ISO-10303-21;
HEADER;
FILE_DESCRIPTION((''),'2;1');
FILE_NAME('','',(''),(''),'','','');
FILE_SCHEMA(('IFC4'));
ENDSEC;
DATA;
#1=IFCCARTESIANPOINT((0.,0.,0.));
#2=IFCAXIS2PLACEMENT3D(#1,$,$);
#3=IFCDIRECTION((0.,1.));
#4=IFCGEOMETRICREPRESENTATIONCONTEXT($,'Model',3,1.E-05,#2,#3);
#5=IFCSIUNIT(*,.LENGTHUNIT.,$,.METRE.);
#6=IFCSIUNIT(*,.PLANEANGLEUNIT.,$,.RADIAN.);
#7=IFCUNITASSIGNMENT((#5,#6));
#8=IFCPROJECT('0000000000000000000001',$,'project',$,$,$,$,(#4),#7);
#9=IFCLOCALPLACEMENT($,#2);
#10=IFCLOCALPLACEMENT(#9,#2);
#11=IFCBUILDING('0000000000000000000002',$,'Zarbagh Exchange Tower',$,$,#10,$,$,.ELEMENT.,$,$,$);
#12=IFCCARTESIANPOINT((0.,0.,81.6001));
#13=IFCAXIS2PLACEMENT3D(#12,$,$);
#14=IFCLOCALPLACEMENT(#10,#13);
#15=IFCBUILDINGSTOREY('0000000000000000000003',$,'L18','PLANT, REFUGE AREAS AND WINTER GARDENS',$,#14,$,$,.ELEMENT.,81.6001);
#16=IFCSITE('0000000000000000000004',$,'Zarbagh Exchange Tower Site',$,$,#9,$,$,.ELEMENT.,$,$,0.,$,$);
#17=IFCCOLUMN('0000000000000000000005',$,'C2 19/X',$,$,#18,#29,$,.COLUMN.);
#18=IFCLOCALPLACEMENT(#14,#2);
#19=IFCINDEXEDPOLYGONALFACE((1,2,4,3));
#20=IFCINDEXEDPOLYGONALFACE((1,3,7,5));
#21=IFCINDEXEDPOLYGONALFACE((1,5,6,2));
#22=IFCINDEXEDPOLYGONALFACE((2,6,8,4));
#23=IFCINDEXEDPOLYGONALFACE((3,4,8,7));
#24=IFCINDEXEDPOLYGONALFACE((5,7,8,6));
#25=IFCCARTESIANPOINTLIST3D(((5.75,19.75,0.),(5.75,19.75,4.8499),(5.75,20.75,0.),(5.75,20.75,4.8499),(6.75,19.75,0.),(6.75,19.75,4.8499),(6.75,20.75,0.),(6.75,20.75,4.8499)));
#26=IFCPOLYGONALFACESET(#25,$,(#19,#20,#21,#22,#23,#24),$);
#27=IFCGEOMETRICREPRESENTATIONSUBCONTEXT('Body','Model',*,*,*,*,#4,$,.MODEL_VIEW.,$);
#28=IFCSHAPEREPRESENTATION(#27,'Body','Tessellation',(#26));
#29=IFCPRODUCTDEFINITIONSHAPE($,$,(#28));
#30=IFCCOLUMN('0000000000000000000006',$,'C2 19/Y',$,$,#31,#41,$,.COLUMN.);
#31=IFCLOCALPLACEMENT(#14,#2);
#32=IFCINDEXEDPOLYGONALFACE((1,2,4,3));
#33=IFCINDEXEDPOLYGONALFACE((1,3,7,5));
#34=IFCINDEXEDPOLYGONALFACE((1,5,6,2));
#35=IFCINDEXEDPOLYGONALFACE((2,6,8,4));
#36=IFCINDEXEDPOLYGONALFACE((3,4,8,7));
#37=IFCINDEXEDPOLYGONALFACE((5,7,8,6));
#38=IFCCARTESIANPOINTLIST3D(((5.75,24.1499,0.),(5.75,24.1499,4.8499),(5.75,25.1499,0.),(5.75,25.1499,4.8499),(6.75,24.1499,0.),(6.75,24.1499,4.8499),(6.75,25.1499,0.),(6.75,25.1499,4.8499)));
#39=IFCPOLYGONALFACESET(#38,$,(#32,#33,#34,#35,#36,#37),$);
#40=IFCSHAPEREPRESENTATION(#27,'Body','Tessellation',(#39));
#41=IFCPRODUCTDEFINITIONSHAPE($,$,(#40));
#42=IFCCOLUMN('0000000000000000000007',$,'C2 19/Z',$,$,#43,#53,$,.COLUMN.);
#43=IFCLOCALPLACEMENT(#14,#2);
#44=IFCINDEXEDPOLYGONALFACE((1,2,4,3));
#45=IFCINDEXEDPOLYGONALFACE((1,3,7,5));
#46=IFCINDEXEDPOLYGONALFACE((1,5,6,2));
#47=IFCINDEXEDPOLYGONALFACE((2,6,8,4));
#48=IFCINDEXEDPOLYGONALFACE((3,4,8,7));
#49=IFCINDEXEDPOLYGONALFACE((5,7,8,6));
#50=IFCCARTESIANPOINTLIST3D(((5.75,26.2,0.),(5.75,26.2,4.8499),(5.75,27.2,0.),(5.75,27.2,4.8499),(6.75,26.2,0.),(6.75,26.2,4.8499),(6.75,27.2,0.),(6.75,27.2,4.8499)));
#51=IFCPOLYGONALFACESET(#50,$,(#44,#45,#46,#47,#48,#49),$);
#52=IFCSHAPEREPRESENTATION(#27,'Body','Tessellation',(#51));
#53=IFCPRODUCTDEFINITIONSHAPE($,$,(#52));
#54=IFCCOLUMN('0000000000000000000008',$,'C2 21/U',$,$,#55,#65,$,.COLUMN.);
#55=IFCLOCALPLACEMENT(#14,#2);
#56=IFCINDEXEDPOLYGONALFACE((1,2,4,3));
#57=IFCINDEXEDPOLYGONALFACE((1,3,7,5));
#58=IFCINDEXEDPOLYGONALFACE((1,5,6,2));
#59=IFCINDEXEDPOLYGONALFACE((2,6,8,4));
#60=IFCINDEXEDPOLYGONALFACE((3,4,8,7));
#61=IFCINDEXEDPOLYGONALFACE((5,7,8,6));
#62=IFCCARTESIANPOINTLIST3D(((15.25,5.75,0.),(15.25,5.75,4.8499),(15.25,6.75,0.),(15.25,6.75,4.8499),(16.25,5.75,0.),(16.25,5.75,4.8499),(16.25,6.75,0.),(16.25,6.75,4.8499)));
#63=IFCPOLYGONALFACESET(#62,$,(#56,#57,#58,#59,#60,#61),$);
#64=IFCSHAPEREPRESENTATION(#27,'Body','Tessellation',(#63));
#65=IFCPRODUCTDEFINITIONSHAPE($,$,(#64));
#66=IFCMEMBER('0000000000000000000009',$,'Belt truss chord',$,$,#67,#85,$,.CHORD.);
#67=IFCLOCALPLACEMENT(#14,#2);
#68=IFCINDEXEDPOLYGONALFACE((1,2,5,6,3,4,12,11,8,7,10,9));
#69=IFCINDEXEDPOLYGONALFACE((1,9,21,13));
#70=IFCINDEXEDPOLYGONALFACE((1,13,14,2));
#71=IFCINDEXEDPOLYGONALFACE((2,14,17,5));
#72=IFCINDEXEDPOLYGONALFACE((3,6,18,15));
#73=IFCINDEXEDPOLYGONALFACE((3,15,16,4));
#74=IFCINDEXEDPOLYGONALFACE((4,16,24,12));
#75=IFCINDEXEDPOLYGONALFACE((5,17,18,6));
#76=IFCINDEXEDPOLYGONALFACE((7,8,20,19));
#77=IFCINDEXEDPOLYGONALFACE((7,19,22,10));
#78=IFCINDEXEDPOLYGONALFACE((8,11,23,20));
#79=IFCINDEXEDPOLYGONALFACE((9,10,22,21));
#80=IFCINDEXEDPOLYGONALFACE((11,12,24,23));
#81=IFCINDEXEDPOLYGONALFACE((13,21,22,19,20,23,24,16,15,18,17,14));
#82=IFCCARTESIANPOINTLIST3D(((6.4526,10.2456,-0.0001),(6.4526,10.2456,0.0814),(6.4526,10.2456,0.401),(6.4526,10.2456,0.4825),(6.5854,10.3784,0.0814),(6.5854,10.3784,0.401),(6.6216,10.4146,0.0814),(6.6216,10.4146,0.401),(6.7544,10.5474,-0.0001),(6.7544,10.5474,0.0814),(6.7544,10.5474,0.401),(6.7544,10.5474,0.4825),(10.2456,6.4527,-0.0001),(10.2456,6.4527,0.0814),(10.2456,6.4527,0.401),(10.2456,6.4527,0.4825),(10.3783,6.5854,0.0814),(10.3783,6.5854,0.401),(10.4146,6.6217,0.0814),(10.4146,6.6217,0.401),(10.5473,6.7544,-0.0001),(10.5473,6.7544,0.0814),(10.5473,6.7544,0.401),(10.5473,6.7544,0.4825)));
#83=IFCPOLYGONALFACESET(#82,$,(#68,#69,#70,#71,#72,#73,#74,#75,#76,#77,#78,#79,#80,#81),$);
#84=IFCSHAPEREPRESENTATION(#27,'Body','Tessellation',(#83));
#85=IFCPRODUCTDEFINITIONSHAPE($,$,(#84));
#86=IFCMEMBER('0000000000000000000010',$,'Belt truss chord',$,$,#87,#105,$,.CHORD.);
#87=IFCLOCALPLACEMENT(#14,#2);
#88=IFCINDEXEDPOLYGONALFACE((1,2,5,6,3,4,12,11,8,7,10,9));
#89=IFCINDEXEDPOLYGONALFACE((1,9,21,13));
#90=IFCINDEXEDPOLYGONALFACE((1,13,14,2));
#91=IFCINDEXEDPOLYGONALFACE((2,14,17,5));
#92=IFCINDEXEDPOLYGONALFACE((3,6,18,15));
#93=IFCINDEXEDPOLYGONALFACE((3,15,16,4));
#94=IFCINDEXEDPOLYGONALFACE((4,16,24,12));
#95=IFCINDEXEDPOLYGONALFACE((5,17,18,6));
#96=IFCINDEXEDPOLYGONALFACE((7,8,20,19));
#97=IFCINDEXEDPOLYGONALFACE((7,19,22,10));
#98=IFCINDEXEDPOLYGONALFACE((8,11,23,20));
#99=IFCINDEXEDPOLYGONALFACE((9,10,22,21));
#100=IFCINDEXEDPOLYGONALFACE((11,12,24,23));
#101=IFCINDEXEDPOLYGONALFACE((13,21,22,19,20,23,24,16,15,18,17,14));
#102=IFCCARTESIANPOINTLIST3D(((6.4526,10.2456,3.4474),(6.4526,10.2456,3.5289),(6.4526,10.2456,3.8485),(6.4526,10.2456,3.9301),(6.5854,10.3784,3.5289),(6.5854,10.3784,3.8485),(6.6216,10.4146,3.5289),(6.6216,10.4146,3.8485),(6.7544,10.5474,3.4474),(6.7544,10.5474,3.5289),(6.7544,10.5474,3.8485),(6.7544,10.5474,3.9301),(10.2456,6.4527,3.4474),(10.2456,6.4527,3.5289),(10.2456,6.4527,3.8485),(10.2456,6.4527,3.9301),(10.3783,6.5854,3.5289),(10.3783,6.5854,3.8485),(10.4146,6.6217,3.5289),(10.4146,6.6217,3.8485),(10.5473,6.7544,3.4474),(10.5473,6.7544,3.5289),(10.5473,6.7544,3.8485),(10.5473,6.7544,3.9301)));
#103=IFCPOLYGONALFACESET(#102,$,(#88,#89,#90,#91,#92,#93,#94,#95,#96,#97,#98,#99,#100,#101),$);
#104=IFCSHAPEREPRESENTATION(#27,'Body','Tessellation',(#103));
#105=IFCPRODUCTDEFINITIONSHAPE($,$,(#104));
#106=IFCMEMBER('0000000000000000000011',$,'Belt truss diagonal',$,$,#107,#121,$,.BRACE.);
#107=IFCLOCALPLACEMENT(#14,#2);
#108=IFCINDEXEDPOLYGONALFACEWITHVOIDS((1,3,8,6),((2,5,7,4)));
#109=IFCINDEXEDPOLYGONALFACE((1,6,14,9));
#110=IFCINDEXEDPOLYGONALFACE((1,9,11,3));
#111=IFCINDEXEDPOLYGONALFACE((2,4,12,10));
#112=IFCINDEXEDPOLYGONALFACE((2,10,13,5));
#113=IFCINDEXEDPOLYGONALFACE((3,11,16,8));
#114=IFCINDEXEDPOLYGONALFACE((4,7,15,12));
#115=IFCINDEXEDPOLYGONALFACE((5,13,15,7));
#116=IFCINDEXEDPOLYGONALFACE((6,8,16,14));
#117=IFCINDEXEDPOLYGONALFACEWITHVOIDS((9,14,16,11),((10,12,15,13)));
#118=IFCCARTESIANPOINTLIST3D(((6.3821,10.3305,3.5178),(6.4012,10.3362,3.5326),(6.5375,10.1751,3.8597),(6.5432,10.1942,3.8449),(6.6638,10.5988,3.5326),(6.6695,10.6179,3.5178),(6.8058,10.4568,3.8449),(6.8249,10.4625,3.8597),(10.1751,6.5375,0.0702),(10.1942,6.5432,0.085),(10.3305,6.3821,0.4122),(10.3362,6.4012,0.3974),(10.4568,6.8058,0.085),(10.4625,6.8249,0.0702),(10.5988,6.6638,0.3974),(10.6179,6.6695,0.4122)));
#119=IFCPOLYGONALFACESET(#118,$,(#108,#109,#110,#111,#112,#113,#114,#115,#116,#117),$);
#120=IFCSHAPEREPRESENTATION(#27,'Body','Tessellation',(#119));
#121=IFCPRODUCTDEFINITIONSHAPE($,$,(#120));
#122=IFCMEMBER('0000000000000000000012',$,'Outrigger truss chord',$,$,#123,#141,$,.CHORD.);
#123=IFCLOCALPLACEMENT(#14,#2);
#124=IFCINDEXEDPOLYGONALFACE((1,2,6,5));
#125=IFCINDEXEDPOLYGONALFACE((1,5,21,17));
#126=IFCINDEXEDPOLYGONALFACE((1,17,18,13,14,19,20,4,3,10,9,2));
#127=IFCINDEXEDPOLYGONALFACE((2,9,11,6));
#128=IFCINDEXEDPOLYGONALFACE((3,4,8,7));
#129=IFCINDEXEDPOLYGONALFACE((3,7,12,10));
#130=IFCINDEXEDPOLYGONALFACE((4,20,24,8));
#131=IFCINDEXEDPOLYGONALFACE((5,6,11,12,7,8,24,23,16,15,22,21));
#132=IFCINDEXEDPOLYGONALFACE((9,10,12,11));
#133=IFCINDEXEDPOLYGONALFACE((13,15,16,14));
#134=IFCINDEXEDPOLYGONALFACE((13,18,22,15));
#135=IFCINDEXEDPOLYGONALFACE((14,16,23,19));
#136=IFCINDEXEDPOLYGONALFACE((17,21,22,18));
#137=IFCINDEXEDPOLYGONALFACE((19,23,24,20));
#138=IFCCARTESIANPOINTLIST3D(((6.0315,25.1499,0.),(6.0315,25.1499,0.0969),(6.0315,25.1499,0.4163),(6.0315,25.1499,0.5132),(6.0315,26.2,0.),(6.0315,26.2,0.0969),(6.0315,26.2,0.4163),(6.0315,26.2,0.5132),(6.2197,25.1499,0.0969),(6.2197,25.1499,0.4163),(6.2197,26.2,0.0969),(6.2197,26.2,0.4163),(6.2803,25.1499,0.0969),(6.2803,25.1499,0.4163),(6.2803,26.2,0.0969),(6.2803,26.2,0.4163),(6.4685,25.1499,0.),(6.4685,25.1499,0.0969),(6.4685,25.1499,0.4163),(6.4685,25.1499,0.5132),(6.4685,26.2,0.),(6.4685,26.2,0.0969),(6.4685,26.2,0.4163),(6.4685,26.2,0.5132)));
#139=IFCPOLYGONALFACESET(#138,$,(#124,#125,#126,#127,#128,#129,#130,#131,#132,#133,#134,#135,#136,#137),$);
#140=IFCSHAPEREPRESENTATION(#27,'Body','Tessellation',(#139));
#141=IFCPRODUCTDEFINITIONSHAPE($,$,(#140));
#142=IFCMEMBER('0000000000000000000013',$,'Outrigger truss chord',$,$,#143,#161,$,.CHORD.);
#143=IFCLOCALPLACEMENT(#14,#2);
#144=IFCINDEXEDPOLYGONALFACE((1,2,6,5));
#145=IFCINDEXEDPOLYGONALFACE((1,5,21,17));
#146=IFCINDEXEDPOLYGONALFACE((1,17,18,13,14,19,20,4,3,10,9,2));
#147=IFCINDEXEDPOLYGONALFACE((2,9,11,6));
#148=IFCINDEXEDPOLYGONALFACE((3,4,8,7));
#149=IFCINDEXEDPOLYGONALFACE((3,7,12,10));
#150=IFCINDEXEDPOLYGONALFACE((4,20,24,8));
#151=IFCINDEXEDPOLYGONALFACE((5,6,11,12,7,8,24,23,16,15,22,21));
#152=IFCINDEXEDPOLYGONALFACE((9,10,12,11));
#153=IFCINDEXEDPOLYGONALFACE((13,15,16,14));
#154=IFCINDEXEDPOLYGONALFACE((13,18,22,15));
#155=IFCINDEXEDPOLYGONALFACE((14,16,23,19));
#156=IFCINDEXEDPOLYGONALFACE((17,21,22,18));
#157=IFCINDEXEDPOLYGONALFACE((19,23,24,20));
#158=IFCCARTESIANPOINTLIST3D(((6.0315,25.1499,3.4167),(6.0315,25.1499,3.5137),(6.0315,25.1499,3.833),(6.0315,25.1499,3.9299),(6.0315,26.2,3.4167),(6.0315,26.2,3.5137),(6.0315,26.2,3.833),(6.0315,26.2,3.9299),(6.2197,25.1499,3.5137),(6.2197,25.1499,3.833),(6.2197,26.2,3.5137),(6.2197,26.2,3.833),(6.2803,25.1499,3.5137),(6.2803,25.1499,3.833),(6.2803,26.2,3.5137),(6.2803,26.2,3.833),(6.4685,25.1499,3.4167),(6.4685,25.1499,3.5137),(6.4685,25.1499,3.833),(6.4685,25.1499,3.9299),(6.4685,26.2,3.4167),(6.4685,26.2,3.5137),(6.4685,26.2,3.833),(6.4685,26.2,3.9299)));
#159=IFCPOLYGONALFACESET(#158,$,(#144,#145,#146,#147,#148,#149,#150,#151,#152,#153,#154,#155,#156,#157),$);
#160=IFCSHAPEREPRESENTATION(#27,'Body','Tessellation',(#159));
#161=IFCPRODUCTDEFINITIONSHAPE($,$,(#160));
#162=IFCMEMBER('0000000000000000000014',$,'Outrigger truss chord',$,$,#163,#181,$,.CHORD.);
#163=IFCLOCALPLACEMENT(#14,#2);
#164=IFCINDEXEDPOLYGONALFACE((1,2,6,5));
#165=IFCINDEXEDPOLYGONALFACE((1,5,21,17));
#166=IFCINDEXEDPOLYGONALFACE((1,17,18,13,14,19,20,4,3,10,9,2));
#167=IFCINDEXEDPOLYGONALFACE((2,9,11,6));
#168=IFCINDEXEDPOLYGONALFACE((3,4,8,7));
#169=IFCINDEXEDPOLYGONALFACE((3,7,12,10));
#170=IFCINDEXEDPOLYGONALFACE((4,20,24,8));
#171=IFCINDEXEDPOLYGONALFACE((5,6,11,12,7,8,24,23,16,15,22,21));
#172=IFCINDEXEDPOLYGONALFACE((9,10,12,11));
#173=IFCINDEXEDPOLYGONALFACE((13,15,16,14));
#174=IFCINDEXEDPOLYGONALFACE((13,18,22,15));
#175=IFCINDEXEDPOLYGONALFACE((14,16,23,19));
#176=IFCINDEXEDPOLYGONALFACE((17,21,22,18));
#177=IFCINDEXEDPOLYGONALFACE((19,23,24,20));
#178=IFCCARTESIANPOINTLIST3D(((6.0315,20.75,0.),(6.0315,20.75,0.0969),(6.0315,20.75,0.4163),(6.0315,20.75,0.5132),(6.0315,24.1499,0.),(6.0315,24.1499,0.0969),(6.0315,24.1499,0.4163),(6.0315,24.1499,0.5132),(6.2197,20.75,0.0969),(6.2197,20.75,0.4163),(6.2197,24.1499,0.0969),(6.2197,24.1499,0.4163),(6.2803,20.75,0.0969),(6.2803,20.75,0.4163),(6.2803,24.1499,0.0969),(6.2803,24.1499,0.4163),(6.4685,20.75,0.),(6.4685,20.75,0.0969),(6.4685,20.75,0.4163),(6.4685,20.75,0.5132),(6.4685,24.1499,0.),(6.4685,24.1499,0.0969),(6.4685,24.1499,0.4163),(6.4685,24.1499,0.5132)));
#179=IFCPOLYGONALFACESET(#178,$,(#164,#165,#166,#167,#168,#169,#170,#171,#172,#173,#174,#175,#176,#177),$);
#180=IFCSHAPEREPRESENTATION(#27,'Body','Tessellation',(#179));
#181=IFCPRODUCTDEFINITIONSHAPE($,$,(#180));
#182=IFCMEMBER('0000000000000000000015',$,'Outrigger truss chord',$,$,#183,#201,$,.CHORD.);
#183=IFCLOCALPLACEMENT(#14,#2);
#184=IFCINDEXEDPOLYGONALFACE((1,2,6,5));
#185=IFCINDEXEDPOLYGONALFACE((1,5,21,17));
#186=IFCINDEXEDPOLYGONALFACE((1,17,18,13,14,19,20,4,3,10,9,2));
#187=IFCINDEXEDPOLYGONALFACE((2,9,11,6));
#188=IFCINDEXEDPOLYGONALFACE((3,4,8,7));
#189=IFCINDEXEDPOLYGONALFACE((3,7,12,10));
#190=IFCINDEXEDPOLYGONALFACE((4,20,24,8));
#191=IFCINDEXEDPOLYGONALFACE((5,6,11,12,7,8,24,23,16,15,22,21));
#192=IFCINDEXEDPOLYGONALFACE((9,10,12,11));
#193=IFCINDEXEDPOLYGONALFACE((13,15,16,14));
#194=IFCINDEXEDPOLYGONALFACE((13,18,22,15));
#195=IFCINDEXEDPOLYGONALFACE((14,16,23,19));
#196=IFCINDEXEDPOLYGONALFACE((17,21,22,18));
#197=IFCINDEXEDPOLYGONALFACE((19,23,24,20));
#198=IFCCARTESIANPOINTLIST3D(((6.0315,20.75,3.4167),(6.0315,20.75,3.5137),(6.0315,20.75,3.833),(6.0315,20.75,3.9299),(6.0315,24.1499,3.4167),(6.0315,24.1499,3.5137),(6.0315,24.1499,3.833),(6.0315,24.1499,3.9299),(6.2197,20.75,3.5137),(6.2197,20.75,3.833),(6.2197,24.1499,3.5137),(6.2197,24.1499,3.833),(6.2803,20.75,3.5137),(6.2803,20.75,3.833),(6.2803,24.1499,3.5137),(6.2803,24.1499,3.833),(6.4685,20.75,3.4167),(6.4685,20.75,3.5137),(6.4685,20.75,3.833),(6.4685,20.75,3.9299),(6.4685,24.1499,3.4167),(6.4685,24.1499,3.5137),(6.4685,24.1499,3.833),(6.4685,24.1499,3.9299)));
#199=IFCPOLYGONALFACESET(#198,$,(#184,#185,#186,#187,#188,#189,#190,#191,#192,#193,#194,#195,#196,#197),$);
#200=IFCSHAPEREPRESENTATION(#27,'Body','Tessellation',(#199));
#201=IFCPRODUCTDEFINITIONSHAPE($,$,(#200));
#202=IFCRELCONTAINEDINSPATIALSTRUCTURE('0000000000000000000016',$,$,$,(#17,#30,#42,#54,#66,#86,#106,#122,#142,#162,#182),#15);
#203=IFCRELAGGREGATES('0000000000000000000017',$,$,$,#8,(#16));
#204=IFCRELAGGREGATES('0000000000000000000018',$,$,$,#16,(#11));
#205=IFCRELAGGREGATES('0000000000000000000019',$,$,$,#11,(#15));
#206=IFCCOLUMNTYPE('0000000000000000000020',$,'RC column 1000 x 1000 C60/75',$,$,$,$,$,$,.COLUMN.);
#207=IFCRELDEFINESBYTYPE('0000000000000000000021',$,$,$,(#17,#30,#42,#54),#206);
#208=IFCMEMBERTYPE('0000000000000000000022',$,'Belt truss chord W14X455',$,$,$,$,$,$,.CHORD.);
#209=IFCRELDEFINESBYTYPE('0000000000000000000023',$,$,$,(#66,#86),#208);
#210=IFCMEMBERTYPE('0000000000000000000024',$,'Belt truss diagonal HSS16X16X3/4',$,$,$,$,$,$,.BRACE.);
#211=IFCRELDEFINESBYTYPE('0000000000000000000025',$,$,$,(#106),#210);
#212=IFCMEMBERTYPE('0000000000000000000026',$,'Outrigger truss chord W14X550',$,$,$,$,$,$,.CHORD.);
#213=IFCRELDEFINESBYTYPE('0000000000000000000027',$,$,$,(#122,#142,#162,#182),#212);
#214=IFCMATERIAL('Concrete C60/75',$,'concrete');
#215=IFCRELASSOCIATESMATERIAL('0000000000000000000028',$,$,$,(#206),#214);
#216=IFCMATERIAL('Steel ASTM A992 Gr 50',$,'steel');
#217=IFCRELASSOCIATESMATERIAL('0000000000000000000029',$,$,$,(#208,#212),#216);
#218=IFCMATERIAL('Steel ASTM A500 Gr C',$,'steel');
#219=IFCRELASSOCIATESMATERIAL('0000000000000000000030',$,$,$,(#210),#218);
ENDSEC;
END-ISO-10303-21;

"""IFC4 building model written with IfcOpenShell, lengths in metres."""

from ifc_helpers import new_model, si_unit, direction, frame, origin, origin_2d, place, context, subcontext, project, spatial, rectangle, hollow_rectangle, i_section, extrude, material, material_profile, profile_set, type_object, element, save


model = new_model("IFC4")

# Units and contexts
model_context = context("Model", 3, precision=1e-05, world=origin(), true_north=direction((0.0, 1.0)))
body_context = subcontext(model_context, "Body", "Model", "MODEL_VIEW")
ifc_project = project(units=[si_unit("LENGTHUNIT", "METRE"), si_unit("PLANEANGLEUNIT", "RADIAN")], contexts=[model_context])

# Site, building, storey
site_placement = place(None, origin())
site = spatial("IfcSite", under=ifc_project, at=site_placement, Name="Zarbagh Exchange Tower Site", CompositionType="ELEMENT", RefElevation=0.0)
building_placement = place(site_placement, origin())
building = spatial("IfcBuilding", under=site, at=building_placement, Name="Zarbagh Exchange Tower", CompositionType="ELEMENT")
storey_placement = place(building_placement, frame((0.0, 0.0, 81.6001)))
storey = spatial("IfcBuildingStorey", under=building, at=storey_placement, Name="L18", Description="PLANT, REFUGE AREAS AND WINTER GARDENS", CompositionType="ELEMENT", Elevation=81.6001)

# Columns
ifc_material_1 = material(Name="Concrete C60/75", Category="concrete")
ifc_material_profile_1 = material_profile(ifc_material_1, rectangle(XDim=1.0, YDim=1.0, at=origin_2d()), Name="RC column 1000 x 1000 C60/75")
ifc_profile_set_1 = profile_set([ifc_material_profile_1], Name="Concrete C60/75")
column_type = type_object("IfcColumnType", Name="RC column 1000 x 1000 C60/75", PredefinedType="COLUMN", material=ifc_profile_set_1)
for number, where, z_axis, x_axis, name in (
    (1, (6.25, 20.25, 0.0), (0.0, 0.0, 1.0), (1.0, 0.0, 0.0), "C2 19/X"),
    (2, (6.25, 24.6499, 0.0), (0.0, 0.0, 1.0), (1.0, 0.0, 0.0), "C2 19/Y"),
    (3, (6.25, 26.7, 0.0), (0.0, 0.0, 1.0), (1.0, 0.0, 0.0), "C2 19/Z"),
    (4, (15.75, 6.25, 0.0), (0.0, 0.0, 1.0), (1.0, 0.0, 0.0), "C2 21/U"),
):
    element("IfcColumn", number, at=place(storey_placement, frame(where, z_axis=z_axis, x_axis=x_axis)), inside=storey, type_object=column_type, Name=name, PredefinedType="COLUMN", context=body_context, shape_type="SweptSolid", body=[
        extrude(rectangle(XDim=1.0, YDim=1.0, at=origin_2d()), origin(), (0.0, 0.0, 1.0), 4.8499),
    ])

# Members
ifc_material_2 = material(Name="Steel ASTM A992 Gr 50", Category="steel")
ifc_material_profile_2 = material_profile(ifc_material_2, i_section(OverallWidth=0.4268, OverallDepth=0.4827, WebThickness=0.0513, FlangeThickness=0.0815, at=origin_2d()), Name="W14X455")
ifc_profile_set_2 = profile_set([ifc_material_profile_2], Name="Steel ASTM A992 Gr 50")
member_type_1 = type_object("IfcMemberType", Name="Belt truss chord W14X455", PredefinedType="CHORD", material=ifc_profile_set_2)
for number, where, z_axis, x_axis, name in (
    (5, (6.6035, 10.3965, 0.2412), (0.707107, -0.707107, 0.0), (0.707107, 0.707107, 0.0), "Belt truss chord"),
    (6, (6.6035, 10.3965, 3.6887), (0.707107, -0.707107, 0.0), (0.707107, 0.707107, 0.0), "Belt truss chord"),
):
    element("IfcMember", number, at=place(storey_placement, frame(where, z_axis=z_axis, x_axis=x_axis)), inside=storey, type_object=member_type_1, Name=name, PredefinedType="CHORD", context=body_context, shape_type="SweptSolid", body=[
        extrude(i_section(OverallWidth=0.4268, OverallDepth=0.4827, WebThickness=0.0513, FlangeThickness=0.0815, at=origin_2d()), origin(), (0.0, 0.0, 1.0), 5.364),
    ])
ifc_material_3 = material(Name="Steel ASTM A500 Gr C", Category="steel")
ifc_material_profile_3 = material_profile(ifc_material_3, hollow_rectangle(XDim=0.4065, YDim=0.4065, WallThickness=0.0176, at=origin_2d()), Name="HSS16X16X3/4")
ifc_profile_set_3 = profile_set([ifc_material_profile_3], Name="Steel ASTM A500 Gr C")
member_type_2 = type_object("IfcMemberType", Name="Belt truss diagonal HSS16X16X3/4", PredefinedType="BRACE", material=ifc_profile_set_3)
member_1_placement = place(storey_placement, frame((10.3965, 6.6035, 0.2412), z_axis=(-0.594844, 0.594844, 0.540667), x_axis=(-0.707107, -0.707107, 0.0)))
element("IfcMember", 7, at=member_1_placement, inside=storey, type_object=member_type_2, Name="Belt truss diagonal", PredefinedType="BRACE", context=body_context, shape_type="SweptSolid", body=[
    extrude(hollow_rectangle(XDim=0.4065, YDim=0.4065, WallThickness=0.0176, at=origin_2d()), origin(), (0.0, 0.0, 1.0), 6.3765),
])
ifc_material_profile_4 = material_profile(ifc_material_2, i_section(OverallWidth=0.437, OverallDepth=0.5132, WebThickness=0.0605, FlangeThickness=0.0969, at=origin_2d()), Name="W14X550")
ifc_profile_set_4 = profile_set([ifc_material_profile_4], Name="Steel ASTM A992 Gr 50")
member_type_3 = type_object("IfcMemberType", Name="Outrigger truss chord W14X550", PredefinedType="CHORD", material=ifc_profile_set_4)
for number, where, z_axis, x_axis, name in (
    (8, (6.25, 26.2, 0.2566), (0.0, -1.0, 0.0), (1.0, 0.0, 0.0), "Outrigger truss chord"),
    (9, (6.25, 26.2, 3.6733), (0.0, -1.0, 0.0), (1.0, 0.0, 0.0), "Outrigger truss chord"),
):
    element("IfcMember", number, at=place(storey_placement, frame(where, z_axis=z_axis, x_axis=x_axis)), inside=storey, type_object=member_type_3, Name=name, PredefinedType="CHORD", context=body_context, shape_type="SweptSolid", body=[
        extrude(i_section(OverallWidth=0.437, OverallDepth=0.5132, WebThickness=0.0605, FlangeThickness=0.0969, at=origin_2d()), origin(), (0.0, 0.0, 1.0), 1.05),
    ])
for number, where, z_axis, x_axis, name in (
    (10, (6.25, 24.1499, 0.2566), (0.0, -1.0, 0.0), (1.0, 0.0, 0.0), "Outrigger truss chord"),
    (11, (6.25, 24.1499, 3.6733), (0.0, -1.0, 0.0), (1.0, 0.0, 0.0), "Outrigger truss chord"),
):
    element("IfcMember", number, at=place(storey_placement, frame(where, z_axis=z_axis, x_axis=x_axis)), inside=storey, type_object=member_type_3, Name=name, PredefinedType="CHORD", context=body_context, shape_type="SweptSolid", body=[
        extrude(i_section(OverallWidth=0.437, OverallDepth=0.5132, WebThickness=0.0605, FlangeThickness=0.0969, at=origin_2d()), origin(), (0.0, 0.0, 1.0), 3.3999),
    ])

save(model, "model.ifc")
